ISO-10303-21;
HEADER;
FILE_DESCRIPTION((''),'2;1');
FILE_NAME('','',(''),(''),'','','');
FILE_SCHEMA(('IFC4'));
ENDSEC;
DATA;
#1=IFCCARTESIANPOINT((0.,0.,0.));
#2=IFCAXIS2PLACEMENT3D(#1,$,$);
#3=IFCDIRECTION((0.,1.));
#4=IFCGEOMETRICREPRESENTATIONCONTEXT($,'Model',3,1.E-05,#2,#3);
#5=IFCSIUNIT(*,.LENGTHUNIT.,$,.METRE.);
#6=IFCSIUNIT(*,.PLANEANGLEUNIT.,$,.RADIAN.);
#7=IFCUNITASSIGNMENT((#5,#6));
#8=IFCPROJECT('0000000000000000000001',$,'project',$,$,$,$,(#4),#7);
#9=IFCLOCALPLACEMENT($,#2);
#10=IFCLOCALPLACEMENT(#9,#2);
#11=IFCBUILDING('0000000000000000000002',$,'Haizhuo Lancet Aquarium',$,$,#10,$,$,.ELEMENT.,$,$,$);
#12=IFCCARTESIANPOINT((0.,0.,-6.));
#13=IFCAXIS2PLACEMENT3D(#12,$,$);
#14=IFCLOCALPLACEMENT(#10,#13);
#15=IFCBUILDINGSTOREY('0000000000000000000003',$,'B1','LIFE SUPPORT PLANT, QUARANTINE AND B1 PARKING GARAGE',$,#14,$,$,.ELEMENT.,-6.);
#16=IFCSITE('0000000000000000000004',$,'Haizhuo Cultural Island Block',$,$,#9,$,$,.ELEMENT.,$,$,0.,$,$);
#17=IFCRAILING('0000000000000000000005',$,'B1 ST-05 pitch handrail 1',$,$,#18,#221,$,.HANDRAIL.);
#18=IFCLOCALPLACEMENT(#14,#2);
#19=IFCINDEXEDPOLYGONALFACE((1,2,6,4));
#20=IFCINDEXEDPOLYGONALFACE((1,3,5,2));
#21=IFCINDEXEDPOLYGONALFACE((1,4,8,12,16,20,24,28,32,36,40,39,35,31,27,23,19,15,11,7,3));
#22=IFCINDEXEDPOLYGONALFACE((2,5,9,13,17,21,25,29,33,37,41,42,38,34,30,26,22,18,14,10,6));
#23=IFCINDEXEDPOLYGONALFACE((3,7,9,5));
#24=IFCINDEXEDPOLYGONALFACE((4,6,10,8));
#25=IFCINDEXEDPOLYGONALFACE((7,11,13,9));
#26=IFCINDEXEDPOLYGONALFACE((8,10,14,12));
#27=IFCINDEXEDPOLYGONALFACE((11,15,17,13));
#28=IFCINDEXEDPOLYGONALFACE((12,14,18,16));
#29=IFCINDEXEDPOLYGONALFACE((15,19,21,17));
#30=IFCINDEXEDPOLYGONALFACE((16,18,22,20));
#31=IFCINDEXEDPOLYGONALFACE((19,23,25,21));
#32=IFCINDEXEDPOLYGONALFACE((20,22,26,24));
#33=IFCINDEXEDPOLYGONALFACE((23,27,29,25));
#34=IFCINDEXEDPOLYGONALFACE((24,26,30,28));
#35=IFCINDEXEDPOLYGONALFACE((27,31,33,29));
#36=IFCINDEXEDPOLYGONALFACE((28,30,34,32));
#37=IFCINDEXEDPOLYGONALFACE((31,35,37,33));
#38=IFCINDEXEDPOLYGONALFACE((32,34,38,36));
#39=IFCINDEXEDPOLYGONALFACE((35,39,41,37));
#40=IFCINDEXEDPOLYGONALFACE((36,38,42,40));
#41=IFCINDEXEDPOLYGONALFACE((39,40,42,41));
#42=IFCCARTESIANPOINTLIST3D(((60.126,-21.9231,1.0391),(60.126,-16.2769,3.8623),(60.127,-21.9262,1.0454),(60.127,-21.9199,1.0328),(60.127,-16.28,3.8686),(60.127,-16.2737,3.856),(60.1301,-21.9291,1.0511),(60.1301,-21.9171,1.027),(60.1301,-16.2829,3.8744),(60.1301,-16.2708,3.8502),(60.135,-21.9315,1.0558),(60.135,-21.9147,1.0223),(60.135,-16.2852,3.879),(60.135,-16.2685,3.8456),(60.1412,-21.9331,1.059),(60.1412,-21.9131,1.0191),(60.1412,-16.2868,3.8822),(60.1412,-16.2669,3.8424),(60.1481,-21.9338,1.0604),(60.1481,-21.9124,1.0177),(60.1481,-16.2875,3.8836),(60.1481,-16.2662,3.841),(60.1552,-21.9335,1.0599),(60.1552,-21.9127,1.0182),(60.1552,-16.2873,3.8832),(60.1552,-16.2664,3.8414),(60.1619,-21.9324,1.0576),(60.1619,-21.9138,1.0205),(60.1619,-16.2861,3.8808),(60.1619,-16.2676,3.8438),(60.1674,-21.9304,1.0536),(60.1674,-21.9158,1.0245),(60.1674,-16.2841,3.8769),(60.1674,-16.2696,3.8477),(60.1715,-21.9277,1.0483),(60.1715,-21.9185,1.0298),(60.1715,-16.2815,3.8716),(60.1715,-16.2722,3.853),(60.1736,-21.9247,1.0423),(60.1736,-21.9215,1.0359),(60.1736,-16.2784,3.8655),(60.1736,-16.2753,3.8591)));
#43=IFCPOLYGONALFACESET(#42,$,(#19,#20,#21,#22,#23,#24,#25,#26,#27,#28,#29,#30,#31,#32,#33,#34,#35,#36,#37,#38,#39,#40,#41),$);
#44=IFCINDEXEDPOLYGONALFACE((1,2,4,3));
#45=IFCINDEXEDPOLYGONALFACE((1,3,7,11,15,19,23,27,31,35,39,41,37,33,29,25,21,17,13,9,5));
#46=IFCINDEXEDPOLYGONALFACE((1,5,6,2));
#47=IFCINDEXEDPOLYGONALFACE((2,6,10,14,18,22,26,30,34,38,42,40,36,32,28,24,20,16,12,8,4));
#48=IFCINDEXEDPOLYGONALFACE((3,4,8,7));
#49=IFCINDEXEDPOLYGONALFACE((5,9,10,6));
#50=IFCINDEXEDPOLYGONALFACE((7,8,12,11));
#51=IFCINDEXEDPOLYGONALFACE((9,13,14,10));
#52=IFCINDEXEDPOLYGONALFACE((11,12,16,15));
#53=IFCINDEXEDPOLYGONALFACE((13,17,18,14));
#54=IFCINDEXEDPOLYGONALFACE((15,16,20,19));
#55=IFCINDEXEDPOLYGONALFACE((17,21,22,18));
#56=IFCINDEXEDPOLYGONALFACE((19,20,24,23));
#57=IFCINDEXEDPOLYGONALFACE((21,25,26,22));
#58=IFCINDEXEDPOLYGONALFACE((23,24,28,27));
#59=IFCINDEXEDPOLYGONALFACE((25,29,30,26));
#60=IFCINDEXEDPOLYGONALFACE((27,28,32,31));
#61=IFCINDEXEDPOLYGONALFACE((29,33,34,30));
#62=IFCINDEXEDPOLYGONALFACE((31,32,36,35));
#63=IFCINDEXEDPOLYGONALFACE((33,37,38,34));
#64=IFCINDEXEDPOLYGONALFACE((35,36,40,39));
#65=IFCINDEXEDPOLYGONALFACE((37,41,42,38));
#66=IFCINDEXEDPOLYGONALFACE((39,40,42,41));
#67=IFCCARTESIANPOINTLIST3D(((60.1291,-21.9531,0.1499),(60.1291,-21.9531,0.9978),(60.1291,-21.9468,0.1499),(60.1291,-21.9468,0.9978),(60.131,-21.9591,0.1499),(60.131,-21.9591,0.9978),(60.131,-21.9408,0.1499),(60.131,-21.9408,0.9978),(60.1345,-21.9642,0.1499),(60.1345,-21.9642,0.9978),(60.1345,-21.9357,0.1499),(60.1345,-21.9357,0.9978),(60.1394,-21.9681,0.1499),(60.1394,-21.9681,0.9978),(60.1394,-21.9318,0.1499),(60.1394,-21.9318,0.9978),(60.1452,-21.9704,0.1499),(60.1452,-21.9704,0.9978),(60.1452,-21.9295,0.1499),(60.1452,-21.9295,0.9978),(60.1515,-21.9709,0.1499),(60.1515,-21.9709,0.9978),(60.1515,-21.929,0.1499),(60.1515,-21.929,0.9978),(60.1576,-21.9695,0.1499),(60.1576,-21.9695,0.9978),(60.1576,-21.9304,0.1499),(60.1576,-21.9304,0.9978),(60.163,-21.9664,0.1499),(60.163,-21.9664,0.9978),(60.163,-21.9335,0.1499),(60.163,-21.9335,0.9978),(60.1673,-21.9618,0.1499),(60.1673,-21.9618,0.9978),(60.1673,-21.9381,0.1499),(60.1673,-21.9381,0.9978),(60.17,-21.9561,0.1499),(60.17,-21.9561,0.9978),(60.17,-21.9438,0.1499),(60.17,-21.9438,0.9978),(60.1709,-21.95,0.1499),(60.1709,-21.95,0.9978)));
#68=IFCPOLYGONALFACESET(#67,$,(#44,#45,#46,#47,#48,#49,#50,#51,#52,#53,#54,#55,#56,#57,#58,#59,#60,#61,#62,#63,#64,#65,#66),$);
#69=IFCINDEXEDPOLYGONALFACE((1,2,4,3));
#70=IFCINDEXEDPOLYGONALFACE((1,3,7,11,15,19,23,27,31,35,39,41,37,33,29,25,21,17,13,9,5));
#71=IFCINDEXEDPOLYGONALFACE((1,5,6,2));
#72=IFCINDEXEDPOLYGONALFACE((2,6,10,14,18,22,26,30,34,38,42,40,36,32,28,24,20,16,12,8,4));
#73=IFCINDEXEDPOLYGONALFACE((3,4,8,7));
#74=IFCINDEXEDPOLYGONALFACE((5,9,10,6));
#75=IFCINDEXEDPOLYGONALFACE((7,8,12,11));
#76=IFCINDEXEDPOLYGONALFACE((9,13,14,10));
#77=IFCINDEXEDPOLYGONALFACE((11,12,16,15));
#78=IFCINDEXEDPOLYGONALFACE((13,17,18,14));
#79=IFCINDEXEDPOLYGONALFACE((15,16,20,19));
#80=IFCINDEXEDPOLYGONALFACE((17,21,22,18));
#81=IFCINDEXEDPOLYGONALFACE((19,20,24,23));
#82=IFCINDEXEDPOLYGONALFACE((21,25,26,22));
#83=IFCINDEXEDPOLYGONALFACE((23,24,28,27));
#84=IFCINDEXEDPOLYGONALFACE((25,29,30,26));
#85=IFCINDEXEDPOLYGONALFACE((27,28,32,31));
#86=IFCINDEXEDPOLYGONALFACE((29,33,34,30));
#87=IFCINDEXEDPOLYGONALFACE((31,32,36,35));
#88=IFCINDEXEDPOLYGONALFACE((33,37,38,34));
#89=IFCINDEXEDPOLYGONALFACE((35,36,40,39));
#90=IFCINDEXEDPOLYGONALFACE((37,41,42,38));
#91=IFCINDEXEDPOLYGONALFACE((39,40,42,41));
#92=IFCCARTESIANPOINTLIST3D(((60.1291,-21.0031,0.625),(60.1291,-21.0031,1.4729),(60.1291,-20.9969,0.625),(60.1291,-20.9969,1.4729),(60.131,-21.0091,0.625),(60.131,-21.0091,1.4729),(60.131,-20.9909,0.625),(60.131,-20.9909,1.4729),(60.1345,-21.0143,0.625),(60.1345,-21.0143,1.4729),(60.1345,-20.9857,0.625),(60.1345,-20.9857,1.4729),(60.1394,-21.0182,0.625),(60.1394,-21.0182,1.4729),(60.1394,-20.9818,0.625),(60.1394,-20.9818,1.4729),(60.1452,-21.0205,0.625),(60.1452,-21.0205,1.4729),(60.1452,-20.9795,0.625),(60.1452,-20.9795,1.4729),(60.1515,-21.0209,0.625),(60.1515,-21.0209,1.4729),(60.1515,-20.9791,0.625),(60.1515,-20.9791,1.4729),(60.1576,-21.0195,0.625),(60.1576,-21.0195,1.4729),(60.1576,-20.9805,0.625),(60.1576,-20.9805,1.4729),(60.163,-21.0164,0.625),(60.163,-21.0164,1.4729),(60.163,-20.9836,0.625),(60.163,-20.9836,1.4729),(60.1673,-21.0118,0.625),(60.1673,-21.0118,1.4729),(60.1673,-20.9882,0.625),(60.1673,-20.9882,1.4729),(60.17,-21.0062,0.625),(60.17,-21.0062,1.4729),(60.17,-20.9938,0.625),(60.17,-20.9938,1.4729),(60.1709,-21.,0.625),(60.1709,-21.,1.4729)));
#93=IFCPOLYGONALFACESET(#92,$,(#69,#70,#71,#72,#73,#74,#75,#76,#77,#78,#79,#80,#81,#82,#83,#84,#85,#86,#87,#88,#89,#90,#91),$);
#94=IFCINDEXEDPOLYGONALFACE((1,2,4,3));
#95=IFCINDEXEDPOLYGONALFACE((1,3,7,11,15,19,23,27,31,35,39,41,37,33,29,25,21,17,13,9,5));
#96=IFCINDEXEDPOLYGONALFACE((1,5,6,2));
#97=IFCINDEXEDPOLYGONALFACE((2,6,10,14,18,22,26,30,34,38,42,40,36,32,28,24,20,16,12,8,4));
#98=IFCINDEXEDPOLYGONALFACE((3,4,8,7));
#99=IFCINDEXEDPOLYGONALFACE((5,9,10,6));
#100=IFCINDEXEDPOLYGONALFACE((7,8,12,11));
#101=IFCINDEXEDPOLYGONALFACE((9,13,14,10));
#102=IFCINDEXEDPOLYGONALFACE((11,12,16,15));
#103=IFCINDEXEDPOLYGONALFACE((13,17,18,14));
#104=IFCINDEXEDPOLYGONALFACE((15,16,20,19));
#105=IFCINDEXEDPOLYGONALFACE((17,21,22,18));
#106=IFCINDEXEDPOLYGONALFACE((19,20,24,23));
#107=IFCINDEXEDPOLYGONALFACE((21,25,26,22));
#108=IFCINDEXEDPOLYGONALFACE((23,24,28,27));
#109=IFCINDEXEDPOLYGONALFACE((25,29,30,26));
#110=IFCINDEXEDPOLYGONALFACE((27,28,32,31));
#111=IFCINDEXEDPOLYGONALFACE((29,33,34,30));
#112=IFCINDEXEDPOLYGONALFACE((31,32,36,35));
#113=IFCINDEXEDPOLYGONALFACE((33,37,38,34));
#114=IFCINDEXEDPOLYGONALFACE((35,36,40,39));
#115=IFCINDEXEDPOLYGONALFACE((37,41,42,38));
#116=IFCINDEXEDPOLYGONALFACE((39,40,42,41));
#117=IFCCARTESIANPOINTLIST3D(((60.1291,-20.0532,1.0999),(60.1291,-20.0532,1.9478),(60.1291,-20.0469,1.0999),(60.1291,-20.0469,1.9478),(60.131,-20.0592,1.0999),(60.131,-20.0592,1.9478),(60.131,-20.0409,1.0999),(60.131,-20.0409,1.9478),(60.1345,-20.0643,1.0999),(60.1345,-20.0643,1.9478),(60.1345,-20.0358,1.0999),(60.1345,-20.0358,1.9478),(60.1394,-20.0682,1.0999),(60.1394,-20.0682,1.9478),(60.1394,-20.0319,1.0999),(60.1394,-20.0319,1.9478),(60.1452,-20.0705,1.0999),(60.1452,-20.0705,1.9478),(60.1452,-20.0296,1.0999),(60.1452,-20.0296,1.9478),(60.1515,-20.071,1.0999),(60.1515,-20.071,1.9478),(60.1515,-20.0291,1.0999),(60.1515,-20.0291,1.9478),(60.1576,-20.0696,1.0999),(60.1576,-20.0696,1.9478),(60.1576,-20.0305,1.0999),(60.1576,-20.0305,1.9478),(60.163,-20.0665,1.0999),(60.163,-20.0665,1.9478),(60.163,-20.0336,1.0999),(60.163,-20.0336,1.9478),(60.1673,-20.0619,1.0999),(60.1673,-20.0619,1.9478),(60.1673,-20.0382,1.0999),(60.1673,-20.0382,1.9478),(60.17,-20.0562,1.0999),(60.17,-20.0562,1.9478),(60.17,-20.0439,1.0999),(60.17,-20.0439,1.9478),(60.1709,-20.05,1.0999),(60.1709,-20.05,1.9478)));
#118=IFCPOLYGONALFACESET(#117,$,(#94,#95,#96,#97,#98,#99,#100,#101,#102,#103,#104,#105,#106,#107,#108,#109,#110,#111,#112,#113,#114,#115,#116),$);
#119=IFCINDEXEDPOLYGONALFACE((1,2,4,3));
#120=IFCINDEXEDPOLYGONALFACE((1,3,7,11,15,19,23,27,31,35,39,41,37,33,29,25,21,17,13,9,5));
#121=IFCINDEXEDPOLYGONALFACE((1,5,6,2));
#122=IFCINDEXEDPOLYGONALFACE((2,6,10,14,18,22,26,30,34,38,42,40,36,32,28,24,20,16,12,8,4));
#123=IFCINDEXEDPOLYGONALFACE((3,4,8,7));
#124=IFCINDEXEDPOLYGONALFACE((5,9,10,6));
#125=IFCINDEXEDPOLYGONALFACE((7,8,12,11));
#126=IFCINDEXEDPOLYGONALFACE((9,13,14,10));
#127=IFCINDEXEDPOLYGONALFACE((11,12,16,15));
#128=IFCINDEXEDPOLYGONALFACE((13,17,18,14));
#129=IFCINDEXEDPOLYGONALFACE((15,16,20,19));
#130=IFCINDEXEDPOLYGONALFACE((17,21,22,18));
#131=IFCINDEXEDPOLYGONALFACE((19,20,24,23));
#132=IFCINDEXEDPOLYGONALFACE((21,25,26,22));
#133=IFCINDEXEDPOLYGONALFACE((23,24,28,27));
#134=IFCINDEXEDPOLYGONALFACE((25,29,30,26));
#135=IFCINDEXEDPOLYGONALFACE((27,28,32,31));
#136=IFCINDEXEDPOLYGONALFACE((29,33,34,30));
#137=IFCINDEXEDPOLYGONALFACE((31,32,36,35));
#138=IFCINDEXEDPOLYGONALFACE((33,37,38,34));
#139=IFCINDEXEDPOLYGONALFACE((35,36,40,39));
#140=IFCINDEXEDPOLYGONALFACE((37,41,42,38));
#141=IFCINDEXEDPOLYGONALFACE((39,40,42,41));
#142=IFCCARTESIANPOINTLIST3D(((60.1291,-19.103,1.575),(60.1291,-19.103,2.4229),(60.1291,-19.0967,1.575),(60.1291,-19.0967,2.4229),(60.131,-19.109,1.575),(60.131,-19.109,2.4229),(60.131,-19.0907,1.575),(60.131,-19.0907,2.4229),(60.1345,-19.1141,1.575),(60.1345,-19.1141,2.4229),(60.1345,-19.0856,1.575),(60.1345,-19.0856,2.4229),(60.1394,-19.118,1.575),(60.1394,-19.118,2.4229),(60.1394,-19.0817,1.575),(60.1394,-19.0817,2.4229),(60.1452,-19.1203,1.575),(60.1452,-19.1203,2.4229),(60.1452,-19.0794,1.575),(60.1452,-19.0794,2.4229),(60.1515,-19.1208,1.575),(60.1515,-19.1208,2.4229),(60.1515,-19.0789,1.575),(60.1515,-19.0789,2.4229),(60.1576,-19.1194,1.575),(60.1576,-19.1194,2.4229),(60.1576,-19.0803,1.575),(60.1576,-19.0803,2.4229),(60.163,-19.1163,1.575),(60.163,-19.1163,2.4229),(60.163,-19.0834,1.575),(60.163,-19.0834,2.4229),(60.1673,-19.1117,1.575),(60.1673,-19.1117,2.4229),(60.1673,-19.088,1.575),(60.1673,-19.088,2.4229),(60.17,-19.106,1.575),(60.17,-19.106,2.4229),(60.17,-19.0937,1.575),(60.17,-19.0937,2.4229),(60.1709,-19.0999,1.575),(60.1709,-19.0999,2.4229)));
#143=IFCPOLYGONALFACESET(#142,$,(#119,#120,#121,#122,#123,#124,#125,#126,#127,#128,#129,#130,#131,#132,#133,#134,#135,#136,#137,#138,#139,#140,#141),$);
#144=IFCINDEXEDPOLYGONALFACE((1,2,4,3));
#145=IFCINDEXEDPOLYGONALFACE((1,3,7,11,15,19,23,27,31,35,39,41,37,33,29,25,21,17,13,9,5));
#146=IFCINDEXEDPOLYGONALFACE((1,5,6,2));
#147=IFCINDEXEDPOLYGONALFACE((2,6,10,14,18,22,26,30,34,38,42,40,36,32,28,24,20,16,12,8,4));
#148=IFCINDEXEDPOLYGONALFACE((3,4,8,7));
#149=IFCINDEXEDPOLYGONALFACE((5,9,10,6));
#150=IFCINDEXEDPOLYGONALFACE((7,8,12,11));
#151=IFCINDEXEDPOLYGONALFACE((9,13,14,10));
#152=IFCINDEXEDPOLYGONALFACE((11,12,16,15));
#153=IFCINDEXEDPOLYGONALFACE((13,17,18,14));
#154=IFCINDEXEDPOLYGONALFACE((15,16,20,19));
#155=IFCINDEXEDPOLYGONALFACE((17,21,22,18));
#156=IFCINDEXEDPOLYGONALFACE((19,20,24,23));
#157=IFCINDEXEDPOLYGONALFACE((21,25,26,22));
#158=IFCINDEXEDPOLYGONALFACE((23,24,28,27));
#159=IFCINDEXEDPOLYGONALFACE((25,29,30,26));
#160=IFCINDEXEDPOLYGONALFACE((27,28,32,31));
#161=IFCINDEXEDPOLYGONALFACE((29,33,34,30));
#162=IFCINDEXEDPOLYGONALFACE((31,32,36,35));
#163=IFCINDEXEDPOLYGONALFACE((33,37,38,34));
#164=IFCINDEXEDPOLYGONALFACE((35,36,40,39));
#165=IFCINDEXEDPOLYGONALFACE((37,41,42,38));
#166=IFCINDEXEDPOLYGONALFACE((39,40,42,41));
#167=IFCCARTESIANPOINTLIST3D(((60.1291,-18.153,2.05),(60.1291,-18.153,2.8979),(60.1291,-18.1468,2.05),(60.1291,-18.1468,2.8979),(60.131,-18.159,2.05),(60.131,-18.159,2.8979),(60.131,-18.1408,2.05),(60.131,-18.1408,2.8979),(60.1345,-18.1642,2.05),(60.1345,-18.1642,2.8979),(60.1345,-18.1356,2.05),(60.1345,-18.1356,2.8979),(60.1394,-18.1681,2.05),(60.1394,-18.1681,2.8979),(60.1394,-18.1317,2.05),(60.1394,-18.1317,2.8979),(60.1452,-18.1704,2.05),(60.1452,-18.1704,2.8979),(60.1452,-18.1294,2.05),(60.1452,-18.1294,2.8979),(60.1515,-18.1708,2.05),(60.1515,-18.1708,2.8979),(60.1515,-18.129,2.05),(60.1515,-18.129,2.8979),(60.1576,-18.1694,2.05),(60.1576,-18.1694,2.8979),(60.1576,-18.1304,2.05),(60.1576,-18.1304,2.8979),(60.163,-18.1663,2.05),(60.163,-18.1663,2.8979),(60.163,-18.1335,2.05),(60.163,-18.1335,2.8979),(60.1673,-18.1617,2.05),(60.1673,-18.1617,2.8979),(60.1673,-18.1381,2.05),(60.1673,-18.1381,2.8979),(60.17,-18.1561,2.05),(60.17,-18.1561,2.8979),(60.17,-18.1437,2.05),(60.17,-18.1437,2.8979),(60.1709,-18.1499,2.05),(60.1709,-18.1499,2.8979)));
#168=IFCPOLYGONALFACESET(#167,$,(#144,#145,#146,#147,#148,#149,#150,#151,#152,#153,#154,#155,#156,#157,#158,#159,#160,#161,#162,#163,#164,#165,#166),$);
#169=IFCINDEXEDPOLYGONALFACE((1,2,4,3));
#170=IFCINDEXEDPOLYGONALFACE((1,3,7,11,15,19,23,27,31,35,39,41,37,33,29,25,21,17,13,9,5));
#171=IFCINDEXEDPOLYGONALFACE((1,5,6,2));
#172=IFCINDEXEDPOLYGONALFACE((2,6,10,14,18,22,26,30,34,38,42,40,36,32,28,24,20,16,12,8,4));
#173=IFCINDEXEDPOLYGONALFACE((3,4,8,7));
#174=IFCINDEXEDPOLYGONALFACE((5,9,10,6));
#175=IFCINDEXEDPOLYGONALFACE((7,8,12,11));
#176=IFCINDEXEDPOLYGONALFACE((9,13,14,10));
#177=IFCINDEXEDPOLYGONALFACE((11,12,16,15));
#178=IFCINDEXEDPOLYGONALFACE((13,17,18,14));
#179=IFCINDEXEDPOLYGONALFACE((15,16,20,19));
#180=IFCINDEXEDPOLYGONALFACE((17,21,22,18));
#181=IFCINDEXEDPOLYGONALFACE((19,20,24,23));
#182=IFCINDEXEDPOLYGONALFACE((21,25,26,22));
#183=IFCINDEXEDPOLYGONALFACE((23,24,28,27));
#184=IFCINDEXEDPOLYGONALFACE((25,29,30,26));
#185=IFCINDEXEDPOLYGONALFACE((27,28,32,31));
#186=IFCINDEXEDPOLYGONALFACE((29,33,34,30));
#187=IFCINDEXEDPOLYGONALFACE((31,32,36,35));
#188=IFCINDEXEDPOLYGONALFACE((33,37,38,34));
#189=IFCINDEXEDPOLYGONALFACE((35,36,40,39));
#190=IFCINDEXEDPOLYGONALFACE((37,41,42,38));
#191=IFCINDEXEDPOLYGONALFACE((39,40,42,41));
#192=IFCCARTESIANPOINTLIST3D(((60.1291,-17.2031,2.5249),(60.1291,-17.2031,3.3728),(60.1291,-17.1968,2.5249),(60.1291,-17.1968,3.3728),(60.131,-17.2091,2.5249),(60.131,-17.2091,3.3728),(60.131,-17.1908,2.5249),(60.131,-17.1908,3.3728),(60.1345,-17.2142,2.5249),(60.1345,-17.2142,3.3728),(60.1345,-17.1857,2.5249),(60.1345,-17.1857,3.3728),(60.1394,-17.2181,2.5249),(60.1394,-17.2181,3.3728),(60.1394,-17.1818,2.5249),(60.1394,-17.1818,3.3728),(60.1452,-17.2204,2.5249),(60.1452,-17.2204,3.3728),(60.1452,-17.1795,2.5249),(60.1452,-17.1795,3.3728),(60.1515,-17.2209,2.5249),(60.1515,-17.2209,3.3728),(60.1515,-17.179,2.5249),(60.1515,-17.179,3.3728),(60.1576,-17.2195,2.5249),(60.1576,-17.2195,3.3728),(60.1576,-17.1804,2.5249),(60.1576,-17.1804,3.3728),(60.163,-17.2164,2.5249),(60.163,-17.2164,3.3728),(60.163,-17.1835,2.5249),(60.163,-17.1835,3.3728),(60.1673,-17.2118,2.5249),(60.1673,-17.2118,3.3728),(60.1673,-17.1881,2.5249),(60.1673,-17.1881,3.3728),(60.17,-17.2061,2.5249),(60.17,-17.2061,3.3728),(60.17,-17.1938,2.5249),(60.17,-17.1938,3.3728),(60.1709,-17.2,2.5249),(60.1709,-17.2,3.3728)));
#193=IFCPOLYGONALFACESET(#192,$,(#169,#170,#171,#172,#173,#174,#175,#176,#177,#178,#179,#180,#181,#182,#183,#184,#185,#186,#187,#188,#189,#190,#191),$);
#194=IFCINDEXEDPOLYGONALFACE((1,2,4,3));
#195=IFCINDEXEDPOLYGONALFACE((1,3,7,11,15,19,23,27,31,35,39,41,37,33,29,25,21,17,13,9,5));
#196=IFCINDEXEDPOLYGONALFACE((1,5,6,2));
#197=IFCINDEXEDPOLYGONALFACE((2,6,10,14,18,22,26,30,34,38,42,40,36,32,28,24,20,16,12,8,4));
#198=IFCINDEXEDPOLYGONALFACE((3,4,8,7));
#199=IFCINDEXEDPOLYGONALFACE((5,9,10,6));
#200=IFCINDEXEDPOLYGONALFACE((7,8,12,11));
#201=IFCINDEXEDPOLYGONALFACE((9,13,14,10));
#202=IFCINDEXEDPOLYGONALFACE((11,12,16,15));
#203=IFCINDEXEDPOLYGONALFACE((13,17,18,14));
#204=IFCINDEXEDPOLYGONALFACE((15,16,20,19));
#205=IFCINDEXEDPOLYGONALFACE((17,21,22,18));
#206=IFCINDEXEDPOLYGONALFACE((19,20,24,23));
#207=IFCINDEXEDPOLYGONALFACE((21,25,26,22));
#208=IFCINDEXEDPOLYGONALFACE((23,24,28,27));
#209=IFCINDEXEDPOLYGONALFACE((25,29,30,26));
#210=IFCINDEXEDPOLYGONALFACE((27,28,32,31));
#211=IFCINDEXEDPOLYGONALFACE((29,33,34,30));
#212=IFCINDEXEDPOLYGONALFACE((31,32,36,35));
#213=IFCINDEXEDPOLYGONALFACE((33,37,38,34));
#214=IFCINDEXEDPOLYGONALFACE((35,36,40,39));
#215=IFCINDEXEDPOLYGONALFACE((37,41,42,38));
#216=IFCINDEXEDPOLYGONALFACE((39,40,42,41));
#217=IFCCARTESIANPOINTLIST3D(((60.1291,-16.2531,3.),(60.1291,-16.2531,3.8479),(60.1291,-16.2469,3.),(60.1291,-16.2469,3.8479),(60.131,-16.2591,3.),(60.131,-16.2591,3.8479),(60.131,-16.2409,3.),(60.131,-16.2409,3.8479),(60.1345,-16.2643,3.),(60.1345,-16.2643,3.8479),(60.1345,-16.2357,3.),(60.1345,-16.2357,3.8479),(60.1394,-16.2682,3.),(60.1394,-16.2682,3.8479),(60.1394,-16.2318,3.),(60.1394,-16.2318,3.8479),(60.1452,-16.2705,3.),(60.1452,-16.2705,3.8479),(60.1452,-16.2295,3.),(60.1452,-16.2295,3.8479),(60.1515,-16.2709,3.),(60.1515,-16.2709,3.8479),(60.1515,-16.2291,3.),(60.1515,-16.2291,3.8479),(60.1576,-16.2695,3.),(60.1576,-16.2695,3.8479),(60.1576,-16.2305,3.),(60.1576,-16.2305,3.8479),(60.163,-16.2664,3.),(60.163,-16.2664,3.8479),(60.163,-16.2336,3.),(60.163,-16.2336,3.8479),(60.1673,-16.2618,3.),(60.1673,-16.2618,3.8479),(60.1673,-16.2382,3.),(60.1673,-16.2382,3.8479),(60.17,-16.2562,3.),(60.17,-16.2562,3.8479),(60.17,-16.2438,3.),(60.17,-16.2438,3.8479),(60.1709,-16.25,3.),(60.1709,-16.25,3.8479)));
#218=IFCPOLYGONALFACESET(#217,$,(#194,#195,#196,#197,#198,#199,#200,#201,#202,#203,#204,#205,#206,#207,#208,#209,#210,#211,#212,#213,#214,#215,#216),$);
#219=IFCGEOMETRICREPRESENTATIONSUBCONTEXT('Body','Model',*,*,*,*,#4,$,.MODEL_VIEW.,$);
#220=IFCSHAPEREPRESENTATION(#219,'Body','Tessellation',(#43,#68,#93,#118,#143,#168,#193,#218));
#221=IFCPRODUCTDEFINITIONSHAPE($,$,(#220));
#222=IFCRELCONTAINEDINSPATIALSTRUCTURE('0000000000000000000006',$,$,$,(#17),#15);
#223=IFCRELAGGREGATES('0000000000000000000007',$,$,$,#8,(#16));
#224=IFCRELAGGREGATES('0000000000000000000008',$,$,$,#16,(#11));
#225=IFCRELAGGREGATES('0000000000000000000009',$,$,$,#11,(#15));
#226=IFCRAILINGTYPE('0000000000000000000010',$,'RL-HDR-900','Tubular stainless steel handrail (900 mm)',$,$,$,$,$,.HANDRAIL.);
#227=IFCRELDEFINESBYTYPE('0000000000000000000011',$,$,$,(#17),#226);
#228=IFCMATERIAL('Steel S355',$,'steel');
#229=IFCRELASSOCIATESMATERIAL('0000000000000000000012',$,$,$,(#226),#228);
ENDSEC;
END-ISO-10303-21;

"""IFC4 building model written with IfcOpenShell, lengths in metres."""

from ifc_helpers import new_model, si_unit, direction, frame, origin, origin_2d, place, context, subcontext, project, spatial, circle, extrude, material, type_object, element, save


model = new_model("IFC4")

# Units and contexts
model_context = context("Model", 3, precision=1e-05, world=origin(), true_north=direction((0.0, 1.0)))
body_context = subcontext(model_context, "Body", "Model", "MODEL_VIEW")
ifc_project = project(units=[si_unit("LENGTHUNIT", "METRE"), si_unit("PLANEANGLEUNIT", "RADIAN")], contexts=[model_context])

# Site, building, storey
site_placement = place(None, origin())
site = spatial("IfcSite", under=ifc_project, at=site_placement, Name="Haizhuo Cultural Island Block", CompositionType="ELEMENT", RefElevation=0.0)
building_placement = place(site_placement, origin())
building = spatial("IfcBuilding", under=site, at=building_placement, Name="Haizhuo Lancet Aquarium", CompositionType="ELEMENT")
storey_placement = place(building_placement, frame((0.0, 0.0, -6.0)))
storey = spatial("IfcBuildingStorey", under=building, at=storey_placement, Name="B1", Description="LIFE SUPPORT PLANT, QUARANTINE AND B1 PARKING GARAGE", CompositionType="ELEMENT", Elevation=-6.0)

# Shared definitions
ifc_material_1 = material(Name="Steel S355", Category="steel")

# Railing
railing_type_1 = type_object("IfcRailingType", Name="RL-HDR-900", Description="Tubular stainless steel handrail (900 mm)", PredefinedType="HANDRAIL", material=ifc_material_1)
railing_1_placement = place(storey_placement, frame((60.1499, -21.95, 0.1499)))
element("IfcRailing", 1, at=railing_1_placement, inside=storey, type_object=railing_type_1, Name="B1 ST-05 pitch handrail 1", PredefinedType="HANDRAIL", context=body_context, shape_type="SweptSolid", body=[
    extrude(circle(Radius=0.0239, at=origin_2d()), frame((0.0, 0.0269, 0.8892), z_axis=(0.0, 0.89442, 0.447229), x_axis=(-1.0, 0.0, 0.0)), (0.0, 0.0, 1.0), 6.3127),
    extrude(circle(Radius=0.021, at=origin_2d()), origin(), (0.0, 0.0, 1.0), 0.8479),
    extrude(circle(Radius=0.021, at=origin_2d()), frame((0.0, 0.95, 0.4751)), (0.0, 0.0, 1.0), 0.8479),
    extrude(circle(Radius=0.021, at=origin_2d()), frame((0.0, 1.8999, 0.95)), (0.0, 0.0, 1.0), 0.8479),
    extrude(circle(Radius=0.021, at=origin_2d()), frame((0.0, 2.8501, 1.425)), (0.0, 0.0, 1.0), 0.8479),
    extrude(circle(Radius=0.021, at=origin_2d()), frame((0.0, 3.8, 1.9001)), (0.0, 0.0, 1.0), 0.8479),
    extrude(circle(Radius=0.021, at=origin_2d()), frame((0.0, 4.75, 2.375)), (0.0, 0.0, 1.0), 0.8479),
    extrude(circle(Radius=0.021, at=origin_2d()), frame((0.0, 5.7, 2.8501)), (0.0, 0.0, 1.0), 0.8479),
])

save(model, "model.ifc")
